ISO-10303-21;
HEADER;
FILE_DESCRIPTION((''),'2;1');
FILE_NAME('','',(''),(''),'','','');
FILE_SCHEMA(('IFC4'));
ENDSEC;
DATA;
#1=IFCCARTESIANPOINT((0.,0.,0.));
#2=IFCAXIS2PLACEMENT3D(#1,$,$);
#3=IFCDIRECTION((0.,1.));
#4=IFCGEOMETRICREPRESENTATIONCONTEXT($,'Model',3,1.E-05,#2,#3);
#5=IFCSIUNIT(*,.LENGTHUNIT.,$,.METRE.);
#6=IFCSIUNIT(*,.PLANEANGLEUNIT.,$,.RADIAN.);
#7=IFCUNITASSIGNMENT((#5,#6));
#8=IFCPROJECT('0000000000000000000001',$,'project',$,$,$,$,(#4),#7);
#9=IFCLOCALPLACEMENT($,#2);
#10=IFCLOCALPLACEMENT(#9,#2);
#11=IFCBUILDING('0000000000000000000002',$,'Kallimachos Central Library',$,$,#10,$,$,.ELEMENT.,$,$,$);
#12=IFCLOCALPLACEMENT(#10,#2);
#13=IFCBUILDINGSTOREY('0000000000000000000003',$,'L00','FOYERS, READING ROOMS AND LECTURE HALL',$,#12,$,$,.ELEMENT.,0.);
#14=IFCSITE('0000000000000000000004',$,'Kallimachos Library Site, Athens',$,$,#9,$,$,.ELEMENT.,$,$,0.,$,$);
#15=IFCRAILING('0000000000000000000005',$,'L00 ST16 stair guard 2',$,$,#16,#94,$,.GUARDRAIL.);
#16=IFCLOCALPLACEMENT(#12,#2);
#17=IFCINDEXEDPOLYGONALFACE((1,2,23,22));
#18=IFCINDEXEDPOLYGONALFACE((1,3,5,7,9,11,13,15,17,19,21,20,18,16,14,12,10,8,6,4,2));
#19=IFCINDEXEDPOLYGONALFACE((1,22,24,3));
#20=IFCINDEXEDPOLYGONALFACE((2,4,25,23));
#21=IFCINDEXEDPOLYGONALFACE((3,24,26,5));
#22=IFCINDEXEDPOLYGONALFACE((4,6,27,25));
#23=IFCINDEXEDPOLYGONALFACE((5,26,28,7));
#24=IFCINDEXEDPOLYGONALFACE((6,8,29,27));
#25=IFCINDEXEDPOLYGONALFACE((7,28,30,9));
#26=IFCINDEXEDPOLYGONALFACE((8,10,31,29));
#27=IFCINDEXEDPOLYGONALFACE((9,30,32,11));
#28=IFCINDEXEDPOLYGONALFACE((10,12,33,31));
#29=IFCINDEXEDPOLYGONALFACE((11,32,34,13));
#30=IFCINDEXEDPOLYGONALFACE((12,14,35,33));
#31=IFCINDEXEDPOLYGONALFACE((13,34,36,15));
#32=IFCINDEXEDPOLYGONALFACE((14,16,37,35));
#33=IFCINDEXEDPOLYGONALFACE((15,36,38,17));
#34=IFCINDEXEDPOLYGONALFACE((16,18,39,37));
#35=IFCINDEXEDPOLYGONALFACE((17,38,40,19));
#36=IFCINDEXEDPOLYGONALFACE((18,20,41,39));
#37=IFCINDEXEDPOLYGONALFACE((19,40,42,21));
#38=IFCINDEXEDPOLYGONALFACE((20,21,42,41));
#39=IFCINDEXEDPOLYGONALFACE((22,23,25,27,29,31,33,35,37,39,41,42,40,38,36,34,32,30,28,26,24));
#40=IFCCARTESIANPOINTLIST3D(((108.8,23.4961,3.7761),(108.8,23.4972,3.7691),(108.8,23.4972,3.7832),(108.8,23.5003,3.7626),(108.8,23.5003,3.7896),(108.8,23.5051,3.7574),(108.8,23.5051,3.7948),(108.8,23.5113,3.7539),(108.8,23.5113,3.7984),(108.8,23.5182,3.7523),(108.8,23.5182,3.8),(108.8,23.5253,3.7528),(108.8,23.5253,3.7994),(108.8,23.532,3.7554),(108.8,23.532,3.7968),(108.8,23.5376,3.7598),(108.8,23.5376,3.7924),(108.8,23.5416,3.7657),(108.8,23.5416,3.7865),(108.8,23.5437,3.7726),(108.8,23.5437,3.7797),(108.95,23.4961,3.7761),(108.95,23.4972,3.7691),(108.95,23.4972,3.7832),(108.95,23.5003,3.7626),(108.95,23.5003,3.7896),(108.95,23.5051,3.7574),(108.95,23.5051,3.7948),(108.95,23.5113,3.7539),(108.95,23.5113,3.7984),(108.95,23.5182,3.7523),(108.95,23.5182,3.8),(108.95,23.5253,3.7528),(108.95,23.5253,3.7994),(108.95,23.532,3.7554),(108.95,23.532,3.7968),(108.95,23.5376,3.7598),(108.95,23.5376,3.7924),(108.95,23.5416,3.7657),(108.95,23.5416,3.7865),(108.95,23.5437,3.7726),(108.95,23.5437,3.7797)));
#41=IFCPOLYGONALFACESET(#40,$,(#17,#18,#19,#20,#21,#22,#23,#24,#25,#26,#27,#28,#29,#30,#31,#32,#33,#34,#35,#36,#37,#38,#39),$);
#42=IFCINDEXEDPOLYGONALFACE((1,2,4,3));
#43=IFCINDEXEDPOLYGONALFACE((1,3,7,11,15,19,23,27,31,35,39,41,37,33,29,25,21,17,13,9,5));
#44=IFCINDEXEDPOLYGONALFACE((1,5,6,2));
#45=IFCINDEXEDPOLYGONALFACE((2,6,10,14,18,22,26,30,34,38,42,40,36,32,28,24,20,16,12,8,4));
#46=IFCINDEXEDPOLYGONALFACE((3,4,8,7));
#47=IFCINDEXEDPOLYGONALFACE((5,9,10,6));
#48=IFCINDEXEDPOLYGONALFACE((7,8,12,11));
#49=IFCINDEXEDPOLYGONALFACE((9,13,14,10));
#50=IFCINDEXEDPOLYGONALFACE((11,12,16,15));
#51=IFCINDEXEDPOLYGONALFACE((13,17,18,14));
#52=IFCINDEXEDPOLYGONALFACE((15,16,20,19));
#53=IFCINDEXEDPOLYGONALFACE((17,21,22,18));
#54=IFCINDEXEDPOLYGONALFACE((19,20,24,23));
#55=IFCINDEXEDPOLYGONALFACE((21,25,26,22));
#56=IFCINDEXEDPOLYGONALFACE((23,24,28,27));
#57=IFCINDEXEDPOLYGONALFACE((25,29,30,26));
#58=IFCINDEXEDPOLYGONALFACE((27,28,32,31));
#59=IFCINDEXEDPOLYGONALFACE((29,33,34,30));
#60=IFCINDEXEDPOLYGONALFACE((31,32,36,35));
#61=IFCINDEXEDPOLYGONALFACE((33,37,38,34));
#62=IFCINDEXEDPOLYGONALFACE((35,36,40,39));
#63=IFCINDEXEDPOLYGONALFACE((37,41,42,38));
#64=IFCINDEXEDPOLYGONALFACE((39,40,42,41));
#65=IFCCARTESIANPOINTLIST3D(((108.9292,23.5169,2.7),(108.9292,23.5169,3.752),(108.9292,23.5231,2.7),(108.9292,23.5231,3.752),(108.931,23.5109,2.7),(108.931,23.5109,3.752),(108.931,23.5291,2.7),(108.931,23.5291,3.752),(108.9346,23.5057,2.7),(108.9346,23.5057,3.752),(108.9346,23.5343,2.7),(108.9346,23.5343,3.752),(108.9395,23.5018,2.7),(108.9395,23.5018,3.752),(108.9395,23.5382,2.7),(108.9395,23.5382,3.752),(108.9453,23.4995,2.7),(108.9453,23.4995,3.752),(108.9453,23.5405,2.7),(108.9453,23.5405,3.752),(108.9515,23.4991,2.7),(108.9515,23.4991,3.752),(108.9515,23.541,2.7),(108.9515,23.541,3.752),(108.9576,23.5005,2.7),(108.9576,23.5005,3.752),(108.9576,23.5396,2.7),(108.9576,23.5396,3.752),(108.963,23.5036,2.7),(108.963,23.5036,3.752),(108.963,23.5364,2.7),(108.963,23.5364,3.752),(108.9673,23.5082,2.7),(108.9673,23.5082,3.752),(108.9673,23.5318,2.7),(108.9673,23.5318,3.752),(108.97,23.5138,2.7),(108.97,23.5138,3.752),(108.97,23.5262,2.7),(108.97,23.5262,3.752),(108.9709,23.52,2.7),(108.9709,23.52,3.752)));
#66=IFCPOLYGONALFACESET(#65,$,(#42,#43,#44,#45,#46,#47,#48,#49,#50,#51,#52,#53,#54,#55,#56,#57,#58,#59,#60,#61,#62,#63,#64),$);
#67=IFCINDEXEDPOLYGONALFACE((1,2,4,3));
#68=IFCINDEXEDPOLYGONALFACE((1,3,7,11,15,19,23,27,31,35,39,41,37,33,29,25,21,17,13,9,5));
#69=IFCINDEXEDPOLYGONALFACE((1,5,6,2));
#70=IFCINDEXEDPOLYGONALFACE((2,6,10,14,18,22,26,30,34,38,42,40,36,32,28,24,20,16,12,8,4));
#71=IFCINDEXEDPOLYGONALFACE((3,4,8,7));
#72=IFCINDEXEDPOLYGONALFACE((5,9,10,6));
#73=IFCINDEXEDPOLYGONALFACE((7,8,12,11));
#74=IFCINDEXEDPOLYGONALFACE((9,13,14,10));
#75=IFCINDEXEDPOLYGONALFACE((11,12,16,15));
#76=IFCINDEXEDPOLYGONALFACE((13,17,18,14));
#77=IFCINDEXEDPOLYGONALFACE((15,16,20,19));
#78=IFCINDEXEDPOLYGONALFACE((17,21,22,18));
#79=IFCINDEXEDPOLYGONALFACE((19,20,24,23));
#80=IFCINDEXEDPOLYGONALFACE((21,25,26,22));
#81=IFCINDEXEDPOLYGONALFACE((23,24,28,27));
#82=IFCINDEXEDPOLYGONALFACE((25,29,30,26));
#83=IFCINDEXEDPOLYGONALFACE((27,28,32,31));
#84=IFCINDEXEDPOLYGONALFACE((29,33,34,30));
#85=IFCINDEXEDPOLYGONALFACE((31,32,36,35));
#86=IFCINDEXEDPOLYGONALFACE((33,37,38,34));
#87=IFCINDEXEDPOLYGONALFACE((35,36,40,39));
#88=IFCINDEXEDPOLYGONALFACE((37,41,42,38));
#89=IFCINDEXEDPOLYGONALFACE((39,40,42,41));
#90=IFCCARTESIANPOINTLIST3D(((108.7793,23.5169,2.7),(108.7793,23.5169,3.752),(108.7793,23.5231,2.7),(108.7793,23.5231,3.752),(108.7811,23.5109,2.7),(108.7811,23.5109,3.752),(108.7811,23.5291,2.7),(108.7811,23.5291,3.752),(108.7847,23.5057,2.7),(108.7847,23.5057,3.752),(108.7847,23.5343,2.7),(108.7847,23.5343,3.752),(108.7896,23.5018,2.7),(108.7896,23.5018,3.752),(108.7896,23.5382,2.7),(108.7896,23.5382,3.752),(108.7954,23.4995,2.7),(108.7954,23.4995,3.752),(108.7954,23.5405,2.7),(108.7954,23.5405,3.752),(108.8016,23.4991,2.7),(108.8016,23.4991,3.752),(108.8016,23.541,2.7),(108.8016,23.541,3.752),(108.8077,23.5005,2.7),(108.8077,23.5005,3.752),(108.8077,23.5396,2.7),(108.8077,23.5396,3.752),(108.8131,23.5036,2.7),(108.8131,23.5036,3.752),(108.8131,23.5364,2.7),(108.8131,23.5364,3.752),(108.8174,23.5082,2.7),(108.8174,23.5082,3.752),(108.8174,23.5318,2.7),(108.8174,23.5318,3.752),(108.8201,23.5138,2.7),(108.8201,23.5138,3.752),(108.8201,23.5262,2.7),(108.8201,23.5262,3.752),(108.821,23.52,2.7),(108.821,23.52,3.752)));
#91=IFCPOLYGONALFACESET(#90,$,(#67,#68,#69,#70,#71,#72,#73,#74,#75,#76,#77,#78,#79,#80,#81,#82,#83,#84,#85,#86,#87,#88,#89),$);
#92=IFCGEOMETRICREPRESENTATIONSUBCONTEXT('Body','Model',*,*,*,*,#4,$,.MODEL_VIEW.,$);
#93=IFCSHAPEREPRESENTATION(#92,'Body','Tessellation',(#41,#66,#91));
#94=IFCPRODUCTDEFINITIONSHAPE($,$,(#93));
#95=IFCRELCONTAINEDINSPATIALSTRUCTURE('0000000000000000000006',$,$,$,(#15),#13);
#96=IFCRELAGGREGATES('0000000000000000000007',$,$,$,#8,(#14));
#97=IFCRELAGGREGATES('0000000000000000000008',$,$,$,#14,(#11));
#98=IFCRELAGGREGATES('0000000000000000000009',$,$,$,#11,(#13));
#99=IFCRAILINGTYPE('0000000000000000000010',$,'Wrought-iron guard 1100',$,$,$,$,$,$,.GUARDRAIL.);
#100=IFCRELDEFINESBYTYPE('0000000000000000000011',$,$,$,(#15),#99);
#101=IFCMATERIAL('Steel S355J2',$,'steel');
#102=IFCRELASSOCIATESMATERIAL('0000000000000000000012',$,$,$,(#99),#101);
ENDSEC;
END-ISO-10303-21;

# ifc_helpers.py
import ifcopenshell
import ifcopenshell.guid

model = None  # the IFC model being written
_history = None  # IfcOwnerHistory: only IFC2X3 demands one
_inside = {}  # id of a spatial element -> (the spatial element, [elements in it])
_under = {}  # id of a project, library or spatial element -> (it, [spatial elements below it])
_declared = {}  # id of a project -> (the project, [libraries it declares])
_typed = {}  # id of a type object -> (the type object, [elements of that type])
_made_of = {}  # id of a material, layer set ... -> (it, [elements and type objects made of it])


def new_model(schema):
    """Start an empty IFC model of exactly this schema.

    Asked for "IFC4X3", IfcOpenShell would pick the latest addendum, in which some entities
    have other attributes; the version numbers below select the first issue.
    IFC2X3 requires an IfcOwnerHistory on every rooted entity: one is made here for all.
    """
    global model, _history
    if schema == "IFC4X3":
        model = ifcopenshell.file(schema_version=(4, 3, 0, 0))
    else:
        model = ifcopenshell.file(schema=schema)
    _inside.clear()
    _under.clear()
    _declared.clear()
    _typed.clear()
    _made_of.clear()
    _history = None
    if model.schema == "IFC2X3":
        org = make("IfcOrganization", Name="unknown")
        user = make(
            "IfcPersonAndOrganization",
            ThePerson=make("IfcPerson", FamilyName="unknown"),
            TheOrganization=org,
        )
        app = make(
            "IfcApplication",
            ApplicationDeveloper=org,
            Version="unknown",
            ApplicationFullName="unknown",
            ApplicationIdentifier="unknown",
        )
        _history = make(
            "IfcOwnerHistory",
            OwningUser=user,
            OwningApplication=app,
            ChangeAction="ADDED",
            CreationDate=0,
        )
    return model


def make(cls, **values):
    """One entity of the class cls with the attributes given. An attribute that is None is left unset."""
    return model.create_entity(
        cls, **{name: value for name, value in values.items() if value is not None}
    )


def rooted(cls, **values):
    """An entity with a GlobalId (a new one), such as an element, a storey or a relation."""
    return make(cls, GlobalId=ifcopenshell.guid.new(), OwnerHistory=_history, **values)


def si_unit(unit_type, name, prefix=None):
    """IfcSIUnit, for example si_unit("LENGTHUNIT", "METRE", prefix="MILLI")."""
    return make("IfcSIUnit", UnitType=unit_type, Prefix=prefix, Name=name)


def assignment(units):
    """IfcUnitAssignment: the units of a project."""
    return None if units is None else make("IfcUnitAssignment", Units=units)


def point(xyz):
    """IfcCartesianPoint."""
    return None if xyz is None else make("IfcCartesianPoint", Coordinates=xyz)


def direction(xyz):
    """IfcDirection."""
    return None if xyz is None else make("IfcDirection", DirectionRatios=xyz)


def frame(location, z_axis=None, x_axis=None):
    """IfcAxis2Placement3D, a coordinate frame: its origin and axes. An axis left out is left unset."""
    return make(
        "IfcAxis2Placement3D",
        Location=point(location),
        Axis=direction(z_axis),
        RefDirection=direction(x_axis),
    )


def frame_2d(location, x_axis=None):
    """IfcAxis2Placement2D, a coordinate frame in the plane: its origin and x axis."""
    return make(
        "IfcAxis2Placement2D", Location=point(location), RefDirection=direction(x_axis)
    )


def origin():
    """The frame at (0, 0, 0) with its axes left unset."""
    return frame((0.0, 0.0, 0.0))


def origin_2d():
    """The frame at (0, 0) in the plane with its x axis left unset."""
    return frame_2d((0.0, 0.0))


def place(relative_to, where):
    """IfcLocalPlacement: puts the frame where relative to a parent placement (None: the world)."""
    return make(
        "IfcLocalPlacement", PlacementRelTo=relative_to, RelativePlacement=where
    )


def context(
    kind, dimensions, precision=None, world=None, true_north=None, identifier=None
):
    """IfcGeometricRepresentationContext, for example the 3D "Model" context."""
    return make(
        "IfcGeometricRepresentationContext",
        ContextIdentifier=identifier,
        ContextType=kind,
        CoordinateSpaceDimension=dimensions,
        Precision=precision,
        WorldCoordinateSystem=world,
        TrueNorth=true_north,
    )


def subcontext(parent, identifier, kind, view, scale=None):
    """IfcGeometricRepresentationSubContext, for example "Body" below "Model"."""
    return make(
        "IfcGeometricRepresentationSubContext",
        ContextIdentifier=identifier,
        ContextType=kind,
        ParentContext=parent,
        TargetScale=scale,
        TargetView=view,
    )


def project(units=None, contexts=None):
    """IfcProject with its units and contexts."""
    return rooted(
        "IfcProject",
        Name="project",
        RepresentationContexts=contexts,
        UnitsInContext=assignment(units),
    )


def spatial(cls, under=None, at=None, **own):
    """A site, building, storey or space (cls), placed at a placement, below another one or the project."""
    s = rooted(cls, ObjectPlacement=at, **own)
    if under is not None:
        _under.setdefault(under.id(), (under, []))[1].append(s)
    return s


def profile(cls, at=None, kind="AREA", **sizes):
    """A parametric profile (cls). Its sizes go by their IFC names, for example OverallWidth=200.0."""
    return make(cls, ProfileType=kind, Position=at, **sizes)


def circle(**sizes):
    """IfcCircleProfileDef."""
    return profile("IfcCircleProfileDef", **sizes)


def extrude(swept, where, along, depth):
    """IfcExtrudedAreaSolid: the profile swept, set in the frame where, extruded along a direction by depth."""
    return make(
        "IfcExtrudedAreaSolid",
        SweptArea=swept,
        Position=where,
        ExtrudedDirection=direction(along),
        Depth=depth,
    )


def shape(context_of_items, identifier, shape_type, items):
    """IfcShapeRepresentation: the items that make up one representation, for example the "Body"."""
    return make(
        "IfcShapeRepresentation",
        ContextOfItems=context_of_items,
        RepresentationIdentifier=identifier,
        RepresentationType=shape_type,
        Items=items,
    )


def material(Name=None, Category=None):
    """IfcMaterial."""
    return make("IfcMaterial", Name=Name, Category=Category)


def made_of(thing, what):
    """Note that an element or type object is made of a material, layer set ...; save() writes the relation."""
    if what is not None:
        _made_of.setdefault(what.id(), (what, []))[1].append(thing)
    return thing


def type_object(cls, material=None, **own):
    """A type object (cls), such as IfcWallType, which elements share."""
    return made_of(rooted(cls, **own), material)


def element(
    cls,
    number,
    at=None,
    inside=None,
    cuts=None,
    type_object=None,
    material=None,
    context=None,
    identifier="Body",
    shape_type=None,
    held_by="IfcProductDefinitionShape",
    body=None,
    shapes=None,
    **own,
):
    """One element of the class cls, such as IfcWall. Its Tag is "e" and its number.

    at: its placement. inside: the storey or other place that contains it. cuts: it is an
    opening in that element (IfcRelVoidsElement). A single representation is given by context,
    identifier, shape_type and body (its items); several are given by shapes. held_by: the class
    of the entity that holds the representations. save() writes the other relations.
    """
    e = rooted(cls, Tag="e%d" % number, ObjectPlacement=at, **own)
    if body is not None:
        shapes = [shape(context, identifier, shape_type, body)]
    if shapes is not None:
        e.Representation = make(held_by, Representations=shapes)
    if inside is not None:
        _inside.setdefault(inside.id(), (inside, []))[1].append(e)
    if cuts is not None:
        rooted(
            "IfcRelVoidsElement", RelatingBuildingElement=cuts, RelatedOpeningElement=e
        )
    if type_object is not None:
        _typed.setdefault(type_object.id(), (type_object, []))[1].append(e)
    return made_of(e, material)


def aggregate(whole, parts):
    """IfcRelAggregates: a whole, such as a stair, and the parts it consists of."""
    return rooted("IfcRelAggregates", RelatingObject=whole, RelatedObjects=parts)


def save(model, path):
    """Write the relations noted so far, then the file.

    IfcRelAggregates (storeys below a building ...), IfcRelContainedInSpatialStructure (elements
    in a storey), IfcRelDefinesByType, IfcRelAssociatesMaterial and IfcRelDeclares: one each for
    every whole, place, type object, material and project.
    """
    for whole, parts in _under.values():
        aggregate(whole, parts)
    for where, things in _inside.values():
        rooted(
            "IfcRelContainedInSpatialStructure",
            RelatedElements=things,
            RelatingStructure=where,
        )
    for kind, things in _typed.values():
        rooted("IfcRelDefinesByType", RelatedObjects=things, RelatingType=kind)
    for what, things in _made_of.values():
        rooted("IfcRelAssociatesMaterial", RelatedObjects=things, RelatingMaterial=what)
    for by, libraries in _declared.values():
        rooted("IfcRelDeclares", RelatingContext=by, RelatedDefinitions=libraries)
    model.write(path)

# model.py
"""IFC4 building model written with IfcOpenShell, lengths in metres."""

from ifc_helpers import new_model, si_unit, direction, frame, origin, origin_2d, place, context, subcontext, project, spatial, circle, extrude, material, type_object, element, save


model = new_model("IFC4")

# Units and contexts
model_context = context("Model", 3, precision=1e-05, world=origin(), true_north=direction((0.0, 1.0)))
body_context = subcontext(model_context, "Body", "Model", "MODEL_VIEW")
ifc_project = project(units=[si_unit("LENGTHUNIT", "METRE"), si_unit("PLANEANGLEUNIT", "RADIAN")], contexts=[model_context])

# Site, building, storey
site_placement = place(None, origin())
site = spatial("IfcSite", under=ifc_project, at=site_placement, Name="Kallimachos Library Site, Athens", CompositionType="ELEMENT", RefElevation=0.0)
building_placement = place(site_placement, origin())
building = spatial("IfcBuilding", under=site, at=building_placement, Name="Kallimachos Central Library", CompositionType="ELEMENT")
storey_placement = place(building_placement, origin())
storey = spatial("IfcBuildingStorey", under=building, at=storey_placement, Name="L00", Description="FOYERS, READING ROOMS AND LECTURE HALL", CompositionType="ELEMENT", Elevation=0.0)

# Railing
ifc_material_1 = material(Name="Steel S355J2", Category="steel")
railing_type_1 = type_object("IfcRailingType", Name="Wrought-iron guard 1100", PredefinedType="GUARDRAIL", material=ifc_material_1)
railing_1_placement = place(storey_placement, frame((108.95, 23.52, 2.7)))
element("IfcRailing", 1, at=railing_1_placement, inside=storey, type_object=railing_type_1, Name="L00 ST16 stair guard 2", PredefinedType="GUARDRAIL", context=body_context, shape_type="SweptSolid", body=[
    extrude(circle(Radius=0.0239, at=origin_2d()), frame((0.0, 0.0, 1.0762), z_axis=(-1.0, 0.0, 0.0), x_axis=(0.0, -1.0, 0.0)), (0.0, 0.0, 1.0), 0.1499),
    extrude(circle(Radius=0.021, at=origin_2d()), origin(), (0.0, 0.0, 1.0), 1.052),
    extrude(circle(Radius=0.021, at=origin_2d()), frame((-0.1499, 0.0, 0.0)), (0.0, 0.0, 1.0), 1.052),
])

save(model, "model.ifc")
